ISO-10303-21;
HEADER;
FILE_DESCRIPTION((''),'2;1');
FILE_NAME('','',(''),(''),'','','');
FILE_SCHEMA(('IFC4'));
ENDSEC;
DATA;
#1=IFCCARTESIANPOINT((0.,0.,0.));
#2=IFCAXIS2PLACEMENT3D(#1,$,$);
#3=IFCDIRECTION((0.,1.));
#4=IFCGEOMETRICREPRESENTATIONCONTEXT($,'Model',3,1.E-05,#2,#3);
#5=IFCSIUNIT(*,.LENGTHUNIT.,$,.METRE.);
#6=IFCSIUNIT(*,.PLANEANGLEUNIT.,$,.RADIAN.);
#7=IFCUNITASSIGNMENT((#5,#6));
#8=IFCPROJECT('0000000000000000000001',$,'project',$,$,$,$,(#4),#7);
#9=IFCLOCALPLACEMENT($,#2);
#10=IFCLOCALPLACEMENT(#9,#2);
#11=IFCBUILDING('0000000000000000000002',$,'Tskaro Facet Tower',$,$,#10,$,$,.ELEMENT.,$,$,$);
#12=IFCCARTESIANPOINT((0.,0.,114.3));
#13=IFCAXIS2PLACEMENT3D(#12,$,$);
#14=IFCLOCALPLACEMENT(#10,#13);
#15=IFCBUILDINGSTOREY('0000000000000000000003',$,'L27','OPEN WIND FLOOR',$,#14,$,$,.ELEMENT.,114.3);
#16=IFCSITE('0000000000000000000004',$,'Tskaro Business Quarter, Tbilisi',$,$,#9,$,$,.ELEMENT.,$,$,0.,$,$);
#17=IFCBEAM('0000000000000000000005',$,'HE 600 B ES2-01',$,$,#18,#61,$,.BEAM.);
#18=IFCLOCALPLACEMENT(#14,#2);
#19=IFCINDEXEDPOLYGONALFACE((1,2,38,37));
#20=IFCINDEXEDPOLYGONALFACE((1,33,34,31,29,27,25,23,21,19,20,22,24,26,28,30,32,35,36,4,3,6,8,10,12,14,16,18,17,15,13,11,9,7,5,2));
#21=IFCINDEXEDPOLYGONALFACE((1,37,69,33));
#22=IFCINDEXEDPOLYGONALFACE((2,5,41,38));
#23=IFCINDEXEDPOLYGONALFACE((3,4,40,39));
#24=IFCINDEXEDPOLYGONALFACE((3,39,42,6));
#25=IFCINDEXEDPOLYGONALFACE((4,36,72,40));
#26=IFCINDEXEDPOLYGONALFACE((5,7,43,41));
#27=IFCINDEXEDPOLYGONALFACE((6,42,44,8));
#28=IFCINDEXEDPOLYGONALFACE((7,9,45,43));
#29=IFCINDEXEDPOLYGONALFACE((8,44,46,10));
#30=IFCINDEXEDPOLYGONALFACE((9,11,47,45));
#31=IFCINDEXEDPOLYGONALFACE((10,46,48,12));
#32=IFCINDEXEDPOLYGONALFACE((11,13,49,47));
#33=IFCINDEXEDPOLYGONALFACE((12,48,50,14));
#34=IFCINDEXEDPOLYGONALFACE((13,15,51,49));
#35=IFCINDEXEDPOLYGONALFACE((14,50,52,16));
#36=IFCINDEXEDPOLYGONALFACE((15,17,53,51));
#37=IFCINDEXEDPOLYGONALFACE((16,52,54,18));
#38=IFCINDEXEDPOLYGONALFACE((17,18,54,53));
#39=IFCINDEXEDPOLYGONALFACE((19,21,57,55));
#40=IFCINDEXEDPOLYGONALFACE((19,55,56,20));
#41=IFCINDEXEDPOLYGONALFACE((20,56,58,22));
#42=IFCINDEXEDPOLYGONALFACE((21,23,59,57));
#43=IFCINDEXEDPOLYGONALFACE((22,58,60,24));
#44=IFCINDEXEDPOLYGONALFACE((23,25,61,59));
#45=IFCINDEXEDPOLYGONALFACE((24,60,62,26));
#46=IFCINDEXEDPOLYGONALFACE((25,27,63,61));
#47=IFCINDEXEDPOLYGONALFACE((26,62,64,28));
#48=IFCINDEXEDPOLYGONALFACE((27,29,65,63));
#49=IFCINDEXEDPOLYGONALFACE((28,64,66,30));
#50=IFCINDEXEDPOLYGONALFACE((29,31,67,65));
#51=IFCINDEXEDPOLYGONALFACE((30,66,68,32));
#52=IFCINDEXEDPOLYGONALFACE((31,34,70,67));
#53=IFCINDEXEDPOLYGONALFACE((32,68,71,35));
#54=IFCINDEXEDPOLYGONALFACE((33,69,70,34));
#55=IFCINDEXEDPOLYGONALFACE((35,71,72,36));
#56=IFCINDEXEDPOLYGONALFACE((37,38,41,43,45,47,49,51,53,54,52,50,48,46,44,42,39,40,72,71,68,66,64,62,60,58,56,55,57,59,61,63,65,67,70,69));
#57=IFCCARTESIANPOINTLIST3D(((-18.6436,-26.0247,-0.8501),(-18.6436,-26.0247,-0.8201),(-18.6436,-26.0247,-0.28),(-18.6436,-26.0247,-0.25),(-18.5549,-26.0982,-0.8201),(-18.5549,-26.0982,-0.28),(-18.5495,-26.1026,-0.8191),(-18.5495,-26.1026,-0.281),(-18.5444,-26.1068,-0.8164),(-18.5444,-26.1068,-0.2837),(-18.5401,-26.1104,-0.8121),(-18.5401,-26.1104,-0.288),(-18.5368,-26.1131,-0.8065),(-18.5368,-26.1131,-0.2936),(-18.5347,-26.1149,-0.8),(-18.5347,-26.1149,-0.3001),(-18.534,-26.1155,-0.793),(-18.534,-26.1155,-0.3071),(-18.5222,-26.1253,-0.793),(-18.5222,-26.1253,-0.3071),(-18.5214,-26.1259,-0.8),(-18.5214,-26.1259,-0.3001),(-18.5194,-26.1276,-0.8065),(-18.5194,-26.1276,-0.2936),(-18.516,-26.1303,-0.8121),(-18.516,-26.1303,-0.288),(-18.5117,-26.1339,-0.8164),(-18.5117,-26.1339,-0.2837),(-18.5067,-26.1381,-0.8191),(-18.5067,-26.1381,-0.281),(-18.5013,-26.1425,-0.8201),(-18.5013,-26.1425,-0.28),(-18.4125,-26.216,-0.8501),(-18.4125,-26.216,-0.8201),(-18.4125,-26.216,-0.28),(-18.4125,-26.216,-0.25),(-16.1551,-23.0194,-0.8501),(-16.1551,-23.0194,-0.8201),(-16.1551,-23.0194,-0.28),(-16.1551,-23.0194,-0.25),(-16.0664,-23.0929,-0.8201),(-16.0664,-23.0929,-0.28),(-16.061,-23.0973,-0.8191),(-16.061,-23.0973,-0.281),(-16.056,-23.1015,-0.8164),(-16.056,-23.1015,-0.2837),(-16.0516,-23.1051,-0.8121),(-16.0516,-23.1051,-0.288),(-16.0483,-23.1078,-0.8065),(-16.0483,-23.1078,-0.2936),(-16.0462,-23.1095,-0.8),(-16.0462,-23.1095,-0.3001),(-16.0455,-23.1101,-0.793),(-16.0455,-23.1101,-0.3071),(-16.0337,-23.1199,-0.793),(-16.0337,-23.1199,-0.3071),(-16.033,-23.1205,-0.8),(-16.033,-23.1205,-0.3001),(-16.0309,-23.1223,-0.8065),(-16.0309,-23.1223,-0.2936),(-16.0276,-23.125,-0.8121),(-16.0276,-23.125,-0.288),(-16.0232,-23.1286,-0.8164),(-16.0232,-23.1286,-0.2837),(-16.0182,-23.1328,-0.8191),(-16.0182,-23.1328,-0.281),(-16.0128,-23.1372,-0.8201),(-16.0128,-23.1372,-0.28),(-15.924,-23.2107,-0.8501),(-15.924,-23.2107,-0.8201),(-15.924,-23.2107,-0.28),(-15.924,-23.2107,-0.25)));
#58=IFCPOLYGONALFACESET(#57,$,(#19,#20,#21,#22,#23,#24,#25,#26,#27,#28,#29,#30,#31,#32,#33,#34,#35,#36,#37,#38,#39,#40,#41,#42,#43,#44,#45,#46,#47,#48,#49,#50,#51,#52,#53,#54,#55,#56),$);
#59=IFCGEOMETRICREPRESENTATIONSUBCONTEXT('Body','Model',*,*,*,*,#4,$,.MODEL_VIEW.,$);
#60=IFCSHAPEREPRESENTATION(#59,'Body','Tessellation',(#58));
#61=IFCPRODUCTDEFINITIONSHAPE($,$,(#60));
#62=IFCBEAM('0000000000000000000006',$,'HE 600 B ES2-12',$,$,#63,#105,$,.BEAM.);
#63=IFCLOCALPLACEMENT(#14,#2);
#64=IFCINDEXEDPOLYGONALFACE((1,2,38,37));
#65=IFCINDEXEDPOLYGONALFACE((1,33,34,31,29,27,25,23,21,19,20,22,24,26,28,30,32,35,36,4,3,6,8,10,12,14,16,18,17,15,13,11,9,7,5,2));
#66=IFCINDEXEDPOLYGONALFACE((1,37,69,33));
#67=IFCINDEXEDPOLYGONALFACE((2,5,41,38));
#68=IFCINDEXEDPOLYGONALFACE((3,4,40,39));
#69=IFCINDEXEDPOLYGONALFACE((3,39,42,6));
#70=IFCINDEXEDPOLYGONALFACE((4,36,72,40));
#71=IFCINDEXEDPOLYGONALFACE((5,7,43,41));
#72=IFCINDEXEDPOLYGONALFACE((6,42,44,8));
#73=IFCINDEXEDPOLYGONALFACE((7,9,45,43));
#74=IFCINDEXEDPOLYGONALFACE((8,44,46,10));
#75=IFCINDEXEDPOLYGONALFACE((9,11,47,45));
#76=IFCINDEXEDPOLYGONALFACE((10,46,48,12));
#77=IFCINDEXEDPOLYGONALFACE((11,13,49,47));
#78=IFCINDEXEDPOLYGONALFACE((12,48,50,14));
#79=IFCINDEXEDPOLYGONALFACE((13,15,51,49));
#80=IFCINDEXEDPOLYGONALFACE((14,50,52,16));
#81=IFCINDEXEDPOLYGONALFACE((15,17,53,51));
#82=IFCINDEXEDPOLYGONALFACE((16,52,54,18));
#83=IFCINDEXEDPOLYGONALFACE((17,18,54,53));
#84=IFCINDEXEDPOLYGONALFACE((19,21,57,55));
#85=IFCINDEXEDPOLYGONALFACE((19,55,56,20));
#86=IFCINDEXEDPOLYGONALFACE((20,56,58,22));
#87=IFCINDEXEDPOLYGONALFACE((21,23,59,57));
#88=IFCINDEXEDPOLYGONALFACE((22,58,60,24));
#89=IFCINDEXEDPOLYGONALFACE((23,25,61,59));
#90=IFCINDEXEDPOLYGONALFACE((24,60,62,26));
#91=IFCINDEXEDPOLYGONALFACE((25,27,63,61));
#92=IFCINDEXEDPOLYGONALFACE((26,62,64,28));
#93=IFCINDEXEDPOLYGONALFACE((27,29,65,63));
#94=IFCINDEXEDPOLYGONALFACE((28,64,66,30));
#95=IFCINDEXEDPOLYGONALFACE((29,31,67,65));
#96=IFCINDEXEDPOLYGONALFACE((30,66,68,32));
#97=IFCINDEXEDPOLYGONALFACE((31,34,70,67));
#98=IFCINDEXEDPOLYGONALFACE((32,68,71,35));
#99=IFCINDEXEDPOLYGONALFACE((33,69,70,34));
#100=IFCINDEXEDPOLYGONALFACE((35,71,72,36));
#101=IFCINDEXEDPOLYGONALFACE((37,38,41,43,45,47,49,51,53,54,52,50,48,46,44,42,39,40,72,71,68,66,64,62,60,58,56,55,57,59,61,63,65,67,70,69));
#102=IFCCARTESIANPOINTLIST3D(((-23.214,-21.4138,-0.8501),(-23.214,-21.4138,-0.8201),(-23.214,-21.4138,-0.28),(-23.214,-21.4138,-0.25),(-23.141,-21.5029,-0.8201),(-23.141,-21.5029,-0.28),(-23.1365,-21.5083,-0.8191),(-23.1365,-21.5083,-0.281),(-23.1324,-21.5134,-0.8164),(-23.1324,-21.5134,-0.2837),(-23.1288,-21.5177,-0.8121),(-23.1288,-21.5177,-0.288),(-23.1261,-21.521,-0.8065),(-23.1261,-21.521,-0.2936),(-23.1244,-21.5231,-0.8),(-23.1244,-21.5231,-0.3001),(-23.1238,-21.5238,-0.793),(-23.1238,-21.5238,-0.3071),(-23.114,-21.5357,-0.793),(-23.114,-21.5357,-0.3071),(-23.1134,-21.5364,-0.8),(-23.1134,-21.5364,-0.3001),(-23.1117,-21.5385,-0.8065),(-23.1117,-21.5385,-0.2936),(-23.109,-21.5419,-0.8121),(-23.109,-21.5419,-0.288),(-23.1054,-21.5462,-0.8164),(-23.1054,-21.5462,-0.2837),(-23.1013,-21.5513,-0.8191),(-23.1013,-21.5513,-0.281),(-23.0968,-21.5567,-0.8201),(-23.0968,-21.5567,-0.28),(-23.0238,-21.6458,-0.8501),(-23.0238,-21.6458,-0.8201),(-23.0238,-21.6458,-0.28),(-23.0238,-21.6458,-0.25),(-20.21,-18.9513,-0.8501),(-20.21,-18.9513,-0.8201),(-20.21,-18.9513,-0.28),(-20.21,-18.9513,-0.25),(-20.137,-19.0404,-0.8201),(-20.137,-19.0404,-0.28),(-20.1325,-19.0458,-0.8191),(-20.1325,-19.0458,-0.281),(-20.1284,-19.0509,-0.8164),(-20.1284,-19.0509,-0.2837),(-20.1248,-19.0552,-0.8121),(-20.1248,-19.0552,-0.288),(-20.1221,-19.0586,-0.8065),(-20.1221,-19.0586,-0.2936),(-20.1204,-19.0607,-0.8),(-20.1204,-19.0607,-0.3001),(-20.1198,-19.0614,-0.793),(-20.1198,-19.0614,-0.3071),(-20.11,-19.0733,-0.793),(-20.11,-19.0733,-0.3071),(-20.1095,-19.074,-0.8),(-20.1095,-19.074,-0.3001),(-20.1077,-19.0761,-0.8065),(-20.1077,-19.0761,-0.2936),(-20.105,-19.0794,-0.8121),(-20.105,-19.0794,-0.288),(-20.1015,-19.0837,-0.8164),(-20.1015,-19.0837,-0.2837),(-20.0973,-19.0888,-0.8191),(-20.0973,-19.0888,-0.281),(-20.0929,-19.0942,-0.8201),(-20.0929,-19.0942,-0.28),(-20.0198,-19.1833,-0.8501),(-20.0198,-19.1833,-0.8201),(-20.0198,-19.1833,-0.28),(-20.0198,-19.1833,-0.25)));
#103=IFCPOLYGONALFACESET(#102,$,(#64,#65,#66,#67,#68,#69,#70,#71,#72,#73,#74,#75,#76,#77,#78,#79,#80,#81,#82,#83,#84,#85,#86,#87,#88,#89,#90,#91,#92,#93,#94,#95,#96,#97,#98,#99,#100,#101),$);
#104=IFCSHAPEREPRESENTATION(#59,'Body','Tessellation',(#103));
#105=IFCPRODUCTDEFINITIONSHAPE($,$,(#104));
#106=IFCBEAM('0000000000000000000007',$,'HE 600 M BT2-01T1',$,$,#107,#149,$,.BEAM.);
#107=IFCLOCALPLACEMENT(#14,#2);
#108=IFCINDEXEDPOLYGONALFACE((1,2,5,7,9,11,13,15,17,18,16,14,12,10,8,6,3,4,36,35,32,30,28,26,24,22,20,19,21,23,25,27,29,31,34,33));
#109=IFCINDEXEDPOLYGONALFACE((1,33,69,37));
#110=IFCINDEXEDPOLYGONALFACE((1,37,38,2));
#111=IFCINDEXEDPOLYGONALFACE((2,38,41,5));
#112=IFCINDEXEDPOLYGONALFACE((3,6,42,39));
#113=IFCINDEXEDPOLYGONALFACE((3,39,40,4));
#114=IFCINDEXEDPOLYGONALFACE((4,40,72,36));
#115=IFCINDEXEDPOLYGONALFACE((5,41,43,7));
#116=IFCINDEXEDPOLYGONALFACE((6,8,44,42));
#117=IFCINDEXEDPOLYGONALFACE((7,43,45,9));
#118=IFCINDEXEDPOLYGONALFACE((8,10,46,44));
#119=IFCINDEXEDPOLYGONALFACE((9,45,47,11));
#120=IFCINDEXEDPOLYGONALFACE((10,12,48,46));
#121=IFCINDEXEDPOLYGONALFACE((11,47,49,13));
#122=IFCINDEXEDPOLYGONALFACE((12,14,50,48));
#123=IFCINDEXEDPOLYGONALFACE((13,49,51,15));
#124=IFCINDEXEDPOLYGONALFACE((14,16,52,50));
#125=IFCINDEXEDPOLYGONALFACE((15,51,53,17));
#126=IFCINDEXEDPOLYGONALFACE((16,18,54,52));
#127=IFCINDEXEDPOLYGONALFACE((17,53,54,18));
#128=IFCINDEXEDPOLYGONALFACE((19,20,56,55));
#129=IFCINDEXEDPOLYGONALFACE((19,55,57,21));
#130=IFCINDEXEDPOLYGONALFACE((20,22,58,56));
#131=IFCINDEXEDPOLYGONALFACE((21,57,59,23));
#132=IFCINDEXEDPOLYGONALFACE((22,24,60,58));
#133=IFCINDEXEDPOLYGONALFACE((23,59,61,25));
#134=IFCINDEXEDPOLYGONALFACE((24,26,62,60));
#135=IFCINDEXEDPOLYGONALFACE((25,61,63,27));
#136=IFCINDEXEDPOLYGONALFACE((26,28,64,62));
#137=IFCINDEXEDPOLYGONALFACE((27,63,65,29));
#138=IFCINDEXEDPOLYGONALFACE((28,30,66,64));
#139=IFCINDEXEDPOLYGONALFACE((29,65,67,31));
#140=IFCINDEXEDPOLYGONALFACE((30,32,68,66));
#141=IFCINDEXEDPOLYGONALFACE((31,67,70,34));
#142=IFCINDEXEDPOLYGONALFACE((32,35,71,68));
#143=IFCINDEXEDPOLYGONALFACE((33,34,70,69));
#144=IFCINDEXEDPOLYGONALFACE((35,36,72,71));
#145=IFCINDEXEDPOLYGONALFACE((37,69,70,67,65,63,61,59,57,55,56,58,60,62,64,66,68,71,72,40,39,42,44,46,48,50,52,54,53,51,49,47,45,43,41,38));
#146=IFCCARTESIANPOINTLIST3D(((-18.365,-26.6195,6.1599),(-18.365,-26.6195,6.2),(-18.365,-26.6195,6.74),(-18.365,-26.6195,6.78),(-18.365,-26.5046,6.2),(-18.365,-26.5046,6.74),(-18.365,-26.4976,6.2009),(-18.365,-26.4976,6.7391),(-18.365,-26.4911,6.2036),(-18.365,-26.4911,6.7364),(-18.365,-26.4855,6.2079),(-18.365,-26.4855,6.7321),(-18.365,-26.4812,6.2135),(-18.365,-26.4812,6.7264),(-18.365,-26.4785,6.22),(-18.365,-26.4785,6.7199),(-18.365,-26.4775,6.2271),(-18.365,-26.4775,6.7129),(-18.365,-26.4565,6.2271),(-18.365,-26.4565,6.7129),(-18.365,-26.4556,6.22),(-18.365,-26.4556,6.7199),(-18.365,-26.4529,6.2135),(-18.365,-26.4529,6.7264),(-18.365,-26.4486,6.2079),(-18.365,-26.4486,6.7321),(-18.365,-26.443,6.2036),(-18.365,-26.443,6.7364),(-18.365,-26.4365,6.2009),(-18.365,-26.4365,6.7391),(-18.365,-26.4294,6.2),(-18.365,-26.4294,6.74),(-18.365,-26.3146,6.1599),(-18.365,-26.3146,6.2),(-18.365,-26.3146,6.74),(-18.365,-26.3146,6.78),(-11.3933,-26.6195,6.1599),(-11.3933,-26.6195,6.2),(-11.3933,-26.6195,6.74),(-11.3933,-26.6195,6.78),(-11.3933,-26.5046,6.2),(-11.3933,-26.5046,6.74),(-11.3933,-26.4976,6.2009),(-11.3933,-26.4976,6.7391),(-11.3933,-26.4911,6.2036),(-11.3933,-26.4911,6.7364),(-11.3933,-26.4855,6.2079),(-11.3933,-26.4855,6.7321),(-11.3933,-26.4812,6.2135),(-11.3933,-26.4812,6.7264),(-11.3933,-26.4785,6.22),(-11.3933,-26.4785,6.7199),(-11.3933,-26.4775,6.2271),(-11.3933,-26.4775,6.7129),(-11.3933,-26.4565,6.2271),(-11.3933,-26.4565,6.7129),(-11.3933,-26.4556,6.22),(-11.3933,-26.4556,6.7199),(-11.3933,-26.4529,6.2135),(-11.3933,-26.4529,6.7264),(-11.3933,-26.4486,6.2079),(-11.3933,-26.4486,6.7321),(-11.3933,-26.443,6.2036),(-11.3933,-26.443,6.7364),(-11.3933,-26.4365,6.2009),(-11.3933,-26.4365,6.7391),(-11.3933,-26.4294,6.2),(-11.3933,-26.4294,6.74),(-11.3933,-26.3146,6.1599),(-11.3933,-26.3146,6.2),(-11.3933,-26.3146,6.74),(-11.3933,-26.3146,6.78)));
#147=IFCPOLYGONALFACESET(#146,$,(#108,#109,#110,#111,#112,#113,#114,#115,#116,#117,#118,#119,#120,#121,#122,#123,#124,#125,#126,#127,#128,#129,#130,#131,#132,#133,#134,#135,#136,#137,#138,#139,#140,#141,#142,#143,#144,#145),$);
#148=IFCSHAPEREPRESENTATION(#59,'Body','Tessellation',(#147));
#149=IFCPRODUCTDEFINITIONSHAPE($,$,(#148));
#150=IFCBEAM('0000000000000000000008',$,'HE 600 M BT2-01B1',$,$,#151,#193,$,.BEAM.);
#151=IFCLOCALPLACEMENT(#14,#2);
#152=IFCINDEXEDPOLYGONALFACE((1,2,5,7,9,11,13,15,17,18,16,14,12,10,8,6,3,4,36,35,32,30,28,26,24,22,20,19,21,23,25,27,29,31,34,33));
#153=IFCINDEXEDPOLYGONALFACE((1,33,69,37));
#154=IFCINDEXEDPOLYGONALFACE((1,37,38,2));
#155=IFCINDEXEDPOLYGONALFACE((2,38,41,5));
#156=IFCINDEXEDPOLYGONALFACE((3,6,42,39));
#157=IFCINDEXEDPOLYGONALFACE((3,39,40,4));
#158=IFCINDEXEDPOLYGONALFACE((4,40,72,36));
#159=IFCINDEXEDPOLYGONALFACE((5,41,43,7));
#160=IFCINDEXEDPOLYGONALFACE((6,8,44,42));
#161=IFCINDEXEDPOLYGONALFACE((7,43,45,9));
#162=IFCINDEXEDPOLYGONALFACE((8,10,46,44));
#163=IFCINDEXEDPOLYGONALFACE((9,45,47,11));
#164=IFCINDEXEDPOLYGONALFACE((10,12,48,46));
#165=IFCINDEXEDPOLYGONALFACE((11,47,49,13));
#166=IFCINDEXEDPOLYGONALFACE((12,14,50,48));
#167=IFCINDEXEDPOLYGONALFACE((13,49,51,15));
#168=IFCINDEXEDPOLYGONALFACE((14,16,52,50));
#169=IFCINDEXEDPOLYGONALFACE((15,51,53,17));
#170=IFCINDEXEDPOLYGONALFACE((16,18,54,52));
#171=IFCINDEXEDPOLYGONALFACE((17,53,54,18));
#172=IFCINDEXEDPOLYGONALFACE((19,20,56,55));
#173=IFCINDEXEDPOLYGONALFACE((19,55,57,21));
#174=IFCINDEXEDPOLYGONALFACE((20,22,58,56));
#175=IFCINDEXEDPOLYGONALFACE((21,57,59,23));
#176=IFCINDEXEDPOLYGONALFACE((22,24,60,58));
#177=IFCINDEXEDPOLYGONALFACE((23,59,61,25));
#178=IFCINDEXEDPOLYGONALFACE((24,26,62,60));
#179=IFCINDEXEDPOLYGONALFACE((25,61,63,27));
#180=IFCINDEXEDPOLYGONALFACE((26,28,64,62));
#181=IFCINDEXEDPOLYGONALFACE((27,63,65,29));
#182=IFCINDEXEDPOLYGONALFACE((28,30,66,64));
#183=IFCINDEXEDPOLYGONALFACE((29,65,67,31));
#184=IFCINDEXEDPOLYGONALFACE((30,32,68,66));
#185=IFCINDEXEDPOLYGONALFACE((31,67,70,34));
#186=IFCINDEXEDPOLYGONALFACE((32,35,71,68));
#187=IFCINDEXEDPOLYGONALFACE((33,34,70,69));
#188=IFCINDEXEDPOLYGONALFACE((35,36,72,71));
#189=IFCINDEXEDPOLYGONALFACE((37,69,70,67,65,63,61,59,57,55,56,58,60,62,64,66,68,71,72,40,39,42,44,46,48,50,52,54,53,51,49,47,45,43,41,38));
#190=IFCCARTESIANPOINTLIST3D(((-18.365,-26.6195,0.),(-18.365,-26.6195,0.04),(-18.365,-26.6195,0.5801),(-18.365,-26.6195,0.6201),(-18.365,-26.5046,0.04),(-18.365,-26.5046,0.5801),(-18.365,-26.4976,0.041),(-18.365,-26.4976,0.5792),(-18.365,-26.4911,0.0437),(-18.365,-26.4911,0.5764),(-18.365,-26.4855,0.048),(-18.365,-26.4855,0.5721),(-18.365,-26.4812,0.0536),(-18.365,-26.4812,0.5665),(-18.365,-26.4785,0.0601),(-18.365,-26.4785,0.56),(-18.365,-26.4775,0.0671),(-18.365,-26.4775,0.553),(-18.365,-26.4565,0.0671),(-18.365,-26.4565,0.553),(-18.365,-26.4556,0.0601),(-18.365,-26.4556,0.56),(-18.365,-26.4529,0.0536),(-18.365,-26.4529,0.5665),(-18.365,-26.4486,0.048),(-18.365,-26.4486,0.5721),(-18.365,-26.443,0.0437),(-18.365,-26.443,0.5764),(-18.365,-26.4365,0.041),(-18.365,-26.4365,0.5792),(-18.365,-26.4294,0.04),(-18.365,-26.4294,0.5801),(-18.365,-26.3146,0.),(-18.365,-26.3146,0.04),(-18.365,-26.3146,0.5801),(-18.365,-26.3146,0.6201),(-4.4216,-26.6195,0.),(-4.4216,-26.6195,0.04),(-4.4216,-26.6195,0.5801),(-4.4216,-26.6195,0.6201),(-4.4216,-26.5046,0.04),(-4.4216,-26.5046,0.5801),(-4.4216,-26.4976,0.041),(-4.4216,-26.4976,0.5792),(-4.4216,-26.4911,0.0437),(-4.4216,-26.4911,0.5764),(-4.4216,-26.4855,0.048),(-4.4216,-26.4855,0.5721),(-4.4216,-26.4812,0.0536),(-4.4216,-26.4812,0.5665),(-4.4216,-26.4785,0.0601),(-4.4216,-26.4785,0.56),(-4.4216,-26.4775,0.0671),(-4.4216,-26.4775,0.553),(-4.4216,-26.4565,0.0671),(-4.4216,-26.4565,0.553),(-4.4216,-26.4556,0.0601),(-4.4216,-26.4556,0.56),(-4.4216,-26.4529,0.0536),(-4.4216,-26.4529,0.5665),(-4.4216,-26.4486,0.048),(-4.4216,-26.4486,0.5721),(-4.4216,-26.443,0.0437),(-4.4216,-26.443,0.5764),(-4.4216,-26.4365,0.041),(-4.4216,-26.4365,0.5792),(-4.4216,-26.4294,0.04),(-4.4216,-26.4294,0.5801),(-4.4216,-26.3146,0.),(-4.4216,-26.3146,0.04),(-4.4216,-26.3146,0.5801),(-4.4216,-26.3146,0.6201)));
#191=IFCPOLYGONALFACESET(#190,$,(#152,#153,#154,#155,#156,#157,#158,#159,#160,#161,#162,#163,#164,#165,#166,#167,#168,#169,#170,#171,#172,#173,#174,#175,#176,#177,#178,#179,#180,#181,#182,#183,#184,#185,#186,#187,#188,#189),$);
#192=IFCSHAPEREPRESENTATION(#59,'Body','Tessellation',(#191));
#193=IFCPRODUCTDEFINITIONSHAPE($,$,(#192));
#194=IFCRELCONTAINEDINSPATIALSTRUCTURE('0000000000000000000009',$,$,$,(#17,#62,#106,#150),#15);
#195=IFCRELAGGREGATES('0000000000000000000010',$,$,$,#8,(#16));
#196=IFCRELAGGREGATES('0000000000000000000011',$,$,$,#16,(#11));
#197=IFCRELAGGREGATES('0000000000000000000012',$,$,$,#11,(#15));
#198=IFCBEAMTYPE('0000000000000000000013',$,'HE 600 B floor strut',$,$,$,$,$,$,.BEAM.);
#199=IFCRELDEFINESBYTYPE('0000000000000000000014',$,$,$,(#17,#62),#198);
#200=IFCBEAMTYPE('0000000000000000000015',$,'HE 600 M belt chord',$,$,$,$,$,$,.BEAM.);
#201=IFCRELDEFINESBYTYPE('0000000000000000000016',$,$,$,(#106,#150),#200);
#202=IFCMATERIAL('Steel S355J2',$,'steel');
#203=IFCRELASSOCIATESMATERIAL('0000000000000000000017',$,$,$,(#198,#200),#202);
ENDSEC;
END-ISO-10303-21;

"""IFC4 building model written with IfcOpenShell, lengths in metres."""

from ifc_helpers import new_model, si_unit, direction, frame, origin, origin_2d, place, context, subcontext, project, spatial, i_section, extrude, material, material_profile, profile_set, type_object, element, save


model = new_model("IFC4")

# Units and contexts
model_context = context("Model", 3, precision=1e-05, world=origin(), true_north=direction((0.0, 1.0)))
body_context = subcontext(model_context, "Body", "Model", "MODEL_VIEW")
ifc_project = project(units=[si_unit("LENGTHUNIT", "METRE"), si_unit("PLANEANGLEUNIT", "RADIAN")], contexts=[model_context])

# Site, building, storey
site_placement = place(None, origin())
site = spatial("IfcSite", under=ifc_project, at=site_placement, Name="Tskaro Business Quarter, Tbilisi", CompositionType="ELEMENT", RefElevation=0.0)
building_placement = place(site_placement, origin())
building = spatial("IfcBuilding", under=site, at=building_placement, Name="Tskaro Facet Tower", CompositionType="ELEMENT")
storey_placement = place(building_placement, frame((0.0, 0.0, 114.3)))
storey = spatial("IfcBuildingStorey", under=building, at=storey_placement, Name="L27", Description="OPEN WIND FLOOR", CompositionType="ELEMENT", Elevation=114.3)

# Shared definitions
ifc_material_1 = material(Name="Steel S355J2", Category="steel")

# Beams
ifc_material_profile_1 = material_profile(ifc_material_1, i_section(OverallWidth=0.3, OverallDepth=0.6001, WebThickness=0.0154, FlangeThickness=0.03, FilletRadius=0.0271, at=origin_2d()), Name="HE 600 B")
ifc_profile_set_1 = profile_set([ifc_material_profile_1], Name="Steel S355J2")
beam_type_1 = type_object("IfcBeamType", Name="HE 600 B floor strut", PredefinedType="BEAM", material=ifc_profile_set_1)
beam_1_placement = place(storey_placement, frame((-18.5281, -26.1204, -0.55), z_axis=(0.637769, 0.770228, 0.0), x_axis=(-0.770228, 0.637769, 0.0)))
element("IfcBeam", 1, at=beam_1_placement, inside=storey, type_object=beam_type_1, Name="HE 600 B ES2-01", PredefinedType="BEAM", context=body_context, shape_type="SweptSolid", body=[
    extrude(i_section(OverallWidth=0.3, OverallDepth=0.6001, WebThickness=0.0154, FlangeThickness=0.03, FilletRadius=0.0271, at=origin_2d()), origin(), (0.0, 0.0, 1.0), 3.9019),
])
beam_2_placement = place(storey_placement, frame((-23.1189, -21.5298, -0.55), z_axis=(0.773369, 0.633956, 0.0), x_axis=(-0.633956, 0.773369, 0.0)))
element("IfcBeam", 2, at=beam_2_placement, inside=storey, type_object=beam_type_1, Name="HE 600 B ES2-12", PredefinedType="BEAM", context=body_context, shape_type="SweptSolid", body=[
    extrude(i_section(OverallWidth=0.3, OverallDepth=0.6001, WebThickness=0.0154, FlangeThickness=0.03, FilletRadius=0.0271, at=origin_2d()), origin(), (0.0, 0.0, 1.0), 3.8843),
])
ifc_material_profile_2 = material_profile(ifc_material_1, i_section(OverallWidth=0.3049, OverallDepth=0.6201, WebThickness=0.021, FlangeThickness=0.04, FilletRadius=0.0271, at=origin_2d()), Name="HE 600 M")
ifc_profile_set_2 = profile_set([ifc_material_profile_2], Name="Steel S355J2")
beam_type_2 = type_object("IfcBeamType", Name="HE 600 M belt chord", PredefinedType="BEAM", material=ifc_profile_set_2)
beam_3_placement = place(storey_placement, frame((-18.365, -26.467, 6.47), z_axis=(1.0, 0.0, 0.0), x_axis=(0.0, 1.0, 0.0)))
element("IfcBeam", 3, at=beam_3_placement, inside=storey, type_object=beam_type_2, Name="HE 600 M BT2-01T1", PredefinedType="BEAM", context=body_context, shape_type="SweptSolid", body=[
    extrude(i_section(OverallWidth=0.3049, OverallDepth=0.6201, WebThickness=0.021, FlangeThickness=0.04, FilletRadius=0.0271, at=origin_2d()), origin(), (0.0, 0.0, 1.0), 6.9717),
])
beam_4_placement = place(storey_placement, frame((-18.365, -26.467, 0.3101), z_axis=(1.0, 0.0, 0.0), x_axis=(0.0, 1.0, 0.0)))
element("IfcBeam", 4, at=beam_4_placement, inside=storey, type_object=beam_type_2, Name="HE 600 M BT2-01B1", PredefinedType="BEAM", context=body_context, shape_type="SweptSolid", body=[
    extrude(i_section(OverallWidth=0.3049, OverallDepth=0.6201, WebThickness=0.021, FlangeThickness=0.04, FilletRadius=0.0271, at=origin_2d()), origin(), (0.0, 0.0, 1.0), 13.9434),
])

save(model, "model.ifc")
